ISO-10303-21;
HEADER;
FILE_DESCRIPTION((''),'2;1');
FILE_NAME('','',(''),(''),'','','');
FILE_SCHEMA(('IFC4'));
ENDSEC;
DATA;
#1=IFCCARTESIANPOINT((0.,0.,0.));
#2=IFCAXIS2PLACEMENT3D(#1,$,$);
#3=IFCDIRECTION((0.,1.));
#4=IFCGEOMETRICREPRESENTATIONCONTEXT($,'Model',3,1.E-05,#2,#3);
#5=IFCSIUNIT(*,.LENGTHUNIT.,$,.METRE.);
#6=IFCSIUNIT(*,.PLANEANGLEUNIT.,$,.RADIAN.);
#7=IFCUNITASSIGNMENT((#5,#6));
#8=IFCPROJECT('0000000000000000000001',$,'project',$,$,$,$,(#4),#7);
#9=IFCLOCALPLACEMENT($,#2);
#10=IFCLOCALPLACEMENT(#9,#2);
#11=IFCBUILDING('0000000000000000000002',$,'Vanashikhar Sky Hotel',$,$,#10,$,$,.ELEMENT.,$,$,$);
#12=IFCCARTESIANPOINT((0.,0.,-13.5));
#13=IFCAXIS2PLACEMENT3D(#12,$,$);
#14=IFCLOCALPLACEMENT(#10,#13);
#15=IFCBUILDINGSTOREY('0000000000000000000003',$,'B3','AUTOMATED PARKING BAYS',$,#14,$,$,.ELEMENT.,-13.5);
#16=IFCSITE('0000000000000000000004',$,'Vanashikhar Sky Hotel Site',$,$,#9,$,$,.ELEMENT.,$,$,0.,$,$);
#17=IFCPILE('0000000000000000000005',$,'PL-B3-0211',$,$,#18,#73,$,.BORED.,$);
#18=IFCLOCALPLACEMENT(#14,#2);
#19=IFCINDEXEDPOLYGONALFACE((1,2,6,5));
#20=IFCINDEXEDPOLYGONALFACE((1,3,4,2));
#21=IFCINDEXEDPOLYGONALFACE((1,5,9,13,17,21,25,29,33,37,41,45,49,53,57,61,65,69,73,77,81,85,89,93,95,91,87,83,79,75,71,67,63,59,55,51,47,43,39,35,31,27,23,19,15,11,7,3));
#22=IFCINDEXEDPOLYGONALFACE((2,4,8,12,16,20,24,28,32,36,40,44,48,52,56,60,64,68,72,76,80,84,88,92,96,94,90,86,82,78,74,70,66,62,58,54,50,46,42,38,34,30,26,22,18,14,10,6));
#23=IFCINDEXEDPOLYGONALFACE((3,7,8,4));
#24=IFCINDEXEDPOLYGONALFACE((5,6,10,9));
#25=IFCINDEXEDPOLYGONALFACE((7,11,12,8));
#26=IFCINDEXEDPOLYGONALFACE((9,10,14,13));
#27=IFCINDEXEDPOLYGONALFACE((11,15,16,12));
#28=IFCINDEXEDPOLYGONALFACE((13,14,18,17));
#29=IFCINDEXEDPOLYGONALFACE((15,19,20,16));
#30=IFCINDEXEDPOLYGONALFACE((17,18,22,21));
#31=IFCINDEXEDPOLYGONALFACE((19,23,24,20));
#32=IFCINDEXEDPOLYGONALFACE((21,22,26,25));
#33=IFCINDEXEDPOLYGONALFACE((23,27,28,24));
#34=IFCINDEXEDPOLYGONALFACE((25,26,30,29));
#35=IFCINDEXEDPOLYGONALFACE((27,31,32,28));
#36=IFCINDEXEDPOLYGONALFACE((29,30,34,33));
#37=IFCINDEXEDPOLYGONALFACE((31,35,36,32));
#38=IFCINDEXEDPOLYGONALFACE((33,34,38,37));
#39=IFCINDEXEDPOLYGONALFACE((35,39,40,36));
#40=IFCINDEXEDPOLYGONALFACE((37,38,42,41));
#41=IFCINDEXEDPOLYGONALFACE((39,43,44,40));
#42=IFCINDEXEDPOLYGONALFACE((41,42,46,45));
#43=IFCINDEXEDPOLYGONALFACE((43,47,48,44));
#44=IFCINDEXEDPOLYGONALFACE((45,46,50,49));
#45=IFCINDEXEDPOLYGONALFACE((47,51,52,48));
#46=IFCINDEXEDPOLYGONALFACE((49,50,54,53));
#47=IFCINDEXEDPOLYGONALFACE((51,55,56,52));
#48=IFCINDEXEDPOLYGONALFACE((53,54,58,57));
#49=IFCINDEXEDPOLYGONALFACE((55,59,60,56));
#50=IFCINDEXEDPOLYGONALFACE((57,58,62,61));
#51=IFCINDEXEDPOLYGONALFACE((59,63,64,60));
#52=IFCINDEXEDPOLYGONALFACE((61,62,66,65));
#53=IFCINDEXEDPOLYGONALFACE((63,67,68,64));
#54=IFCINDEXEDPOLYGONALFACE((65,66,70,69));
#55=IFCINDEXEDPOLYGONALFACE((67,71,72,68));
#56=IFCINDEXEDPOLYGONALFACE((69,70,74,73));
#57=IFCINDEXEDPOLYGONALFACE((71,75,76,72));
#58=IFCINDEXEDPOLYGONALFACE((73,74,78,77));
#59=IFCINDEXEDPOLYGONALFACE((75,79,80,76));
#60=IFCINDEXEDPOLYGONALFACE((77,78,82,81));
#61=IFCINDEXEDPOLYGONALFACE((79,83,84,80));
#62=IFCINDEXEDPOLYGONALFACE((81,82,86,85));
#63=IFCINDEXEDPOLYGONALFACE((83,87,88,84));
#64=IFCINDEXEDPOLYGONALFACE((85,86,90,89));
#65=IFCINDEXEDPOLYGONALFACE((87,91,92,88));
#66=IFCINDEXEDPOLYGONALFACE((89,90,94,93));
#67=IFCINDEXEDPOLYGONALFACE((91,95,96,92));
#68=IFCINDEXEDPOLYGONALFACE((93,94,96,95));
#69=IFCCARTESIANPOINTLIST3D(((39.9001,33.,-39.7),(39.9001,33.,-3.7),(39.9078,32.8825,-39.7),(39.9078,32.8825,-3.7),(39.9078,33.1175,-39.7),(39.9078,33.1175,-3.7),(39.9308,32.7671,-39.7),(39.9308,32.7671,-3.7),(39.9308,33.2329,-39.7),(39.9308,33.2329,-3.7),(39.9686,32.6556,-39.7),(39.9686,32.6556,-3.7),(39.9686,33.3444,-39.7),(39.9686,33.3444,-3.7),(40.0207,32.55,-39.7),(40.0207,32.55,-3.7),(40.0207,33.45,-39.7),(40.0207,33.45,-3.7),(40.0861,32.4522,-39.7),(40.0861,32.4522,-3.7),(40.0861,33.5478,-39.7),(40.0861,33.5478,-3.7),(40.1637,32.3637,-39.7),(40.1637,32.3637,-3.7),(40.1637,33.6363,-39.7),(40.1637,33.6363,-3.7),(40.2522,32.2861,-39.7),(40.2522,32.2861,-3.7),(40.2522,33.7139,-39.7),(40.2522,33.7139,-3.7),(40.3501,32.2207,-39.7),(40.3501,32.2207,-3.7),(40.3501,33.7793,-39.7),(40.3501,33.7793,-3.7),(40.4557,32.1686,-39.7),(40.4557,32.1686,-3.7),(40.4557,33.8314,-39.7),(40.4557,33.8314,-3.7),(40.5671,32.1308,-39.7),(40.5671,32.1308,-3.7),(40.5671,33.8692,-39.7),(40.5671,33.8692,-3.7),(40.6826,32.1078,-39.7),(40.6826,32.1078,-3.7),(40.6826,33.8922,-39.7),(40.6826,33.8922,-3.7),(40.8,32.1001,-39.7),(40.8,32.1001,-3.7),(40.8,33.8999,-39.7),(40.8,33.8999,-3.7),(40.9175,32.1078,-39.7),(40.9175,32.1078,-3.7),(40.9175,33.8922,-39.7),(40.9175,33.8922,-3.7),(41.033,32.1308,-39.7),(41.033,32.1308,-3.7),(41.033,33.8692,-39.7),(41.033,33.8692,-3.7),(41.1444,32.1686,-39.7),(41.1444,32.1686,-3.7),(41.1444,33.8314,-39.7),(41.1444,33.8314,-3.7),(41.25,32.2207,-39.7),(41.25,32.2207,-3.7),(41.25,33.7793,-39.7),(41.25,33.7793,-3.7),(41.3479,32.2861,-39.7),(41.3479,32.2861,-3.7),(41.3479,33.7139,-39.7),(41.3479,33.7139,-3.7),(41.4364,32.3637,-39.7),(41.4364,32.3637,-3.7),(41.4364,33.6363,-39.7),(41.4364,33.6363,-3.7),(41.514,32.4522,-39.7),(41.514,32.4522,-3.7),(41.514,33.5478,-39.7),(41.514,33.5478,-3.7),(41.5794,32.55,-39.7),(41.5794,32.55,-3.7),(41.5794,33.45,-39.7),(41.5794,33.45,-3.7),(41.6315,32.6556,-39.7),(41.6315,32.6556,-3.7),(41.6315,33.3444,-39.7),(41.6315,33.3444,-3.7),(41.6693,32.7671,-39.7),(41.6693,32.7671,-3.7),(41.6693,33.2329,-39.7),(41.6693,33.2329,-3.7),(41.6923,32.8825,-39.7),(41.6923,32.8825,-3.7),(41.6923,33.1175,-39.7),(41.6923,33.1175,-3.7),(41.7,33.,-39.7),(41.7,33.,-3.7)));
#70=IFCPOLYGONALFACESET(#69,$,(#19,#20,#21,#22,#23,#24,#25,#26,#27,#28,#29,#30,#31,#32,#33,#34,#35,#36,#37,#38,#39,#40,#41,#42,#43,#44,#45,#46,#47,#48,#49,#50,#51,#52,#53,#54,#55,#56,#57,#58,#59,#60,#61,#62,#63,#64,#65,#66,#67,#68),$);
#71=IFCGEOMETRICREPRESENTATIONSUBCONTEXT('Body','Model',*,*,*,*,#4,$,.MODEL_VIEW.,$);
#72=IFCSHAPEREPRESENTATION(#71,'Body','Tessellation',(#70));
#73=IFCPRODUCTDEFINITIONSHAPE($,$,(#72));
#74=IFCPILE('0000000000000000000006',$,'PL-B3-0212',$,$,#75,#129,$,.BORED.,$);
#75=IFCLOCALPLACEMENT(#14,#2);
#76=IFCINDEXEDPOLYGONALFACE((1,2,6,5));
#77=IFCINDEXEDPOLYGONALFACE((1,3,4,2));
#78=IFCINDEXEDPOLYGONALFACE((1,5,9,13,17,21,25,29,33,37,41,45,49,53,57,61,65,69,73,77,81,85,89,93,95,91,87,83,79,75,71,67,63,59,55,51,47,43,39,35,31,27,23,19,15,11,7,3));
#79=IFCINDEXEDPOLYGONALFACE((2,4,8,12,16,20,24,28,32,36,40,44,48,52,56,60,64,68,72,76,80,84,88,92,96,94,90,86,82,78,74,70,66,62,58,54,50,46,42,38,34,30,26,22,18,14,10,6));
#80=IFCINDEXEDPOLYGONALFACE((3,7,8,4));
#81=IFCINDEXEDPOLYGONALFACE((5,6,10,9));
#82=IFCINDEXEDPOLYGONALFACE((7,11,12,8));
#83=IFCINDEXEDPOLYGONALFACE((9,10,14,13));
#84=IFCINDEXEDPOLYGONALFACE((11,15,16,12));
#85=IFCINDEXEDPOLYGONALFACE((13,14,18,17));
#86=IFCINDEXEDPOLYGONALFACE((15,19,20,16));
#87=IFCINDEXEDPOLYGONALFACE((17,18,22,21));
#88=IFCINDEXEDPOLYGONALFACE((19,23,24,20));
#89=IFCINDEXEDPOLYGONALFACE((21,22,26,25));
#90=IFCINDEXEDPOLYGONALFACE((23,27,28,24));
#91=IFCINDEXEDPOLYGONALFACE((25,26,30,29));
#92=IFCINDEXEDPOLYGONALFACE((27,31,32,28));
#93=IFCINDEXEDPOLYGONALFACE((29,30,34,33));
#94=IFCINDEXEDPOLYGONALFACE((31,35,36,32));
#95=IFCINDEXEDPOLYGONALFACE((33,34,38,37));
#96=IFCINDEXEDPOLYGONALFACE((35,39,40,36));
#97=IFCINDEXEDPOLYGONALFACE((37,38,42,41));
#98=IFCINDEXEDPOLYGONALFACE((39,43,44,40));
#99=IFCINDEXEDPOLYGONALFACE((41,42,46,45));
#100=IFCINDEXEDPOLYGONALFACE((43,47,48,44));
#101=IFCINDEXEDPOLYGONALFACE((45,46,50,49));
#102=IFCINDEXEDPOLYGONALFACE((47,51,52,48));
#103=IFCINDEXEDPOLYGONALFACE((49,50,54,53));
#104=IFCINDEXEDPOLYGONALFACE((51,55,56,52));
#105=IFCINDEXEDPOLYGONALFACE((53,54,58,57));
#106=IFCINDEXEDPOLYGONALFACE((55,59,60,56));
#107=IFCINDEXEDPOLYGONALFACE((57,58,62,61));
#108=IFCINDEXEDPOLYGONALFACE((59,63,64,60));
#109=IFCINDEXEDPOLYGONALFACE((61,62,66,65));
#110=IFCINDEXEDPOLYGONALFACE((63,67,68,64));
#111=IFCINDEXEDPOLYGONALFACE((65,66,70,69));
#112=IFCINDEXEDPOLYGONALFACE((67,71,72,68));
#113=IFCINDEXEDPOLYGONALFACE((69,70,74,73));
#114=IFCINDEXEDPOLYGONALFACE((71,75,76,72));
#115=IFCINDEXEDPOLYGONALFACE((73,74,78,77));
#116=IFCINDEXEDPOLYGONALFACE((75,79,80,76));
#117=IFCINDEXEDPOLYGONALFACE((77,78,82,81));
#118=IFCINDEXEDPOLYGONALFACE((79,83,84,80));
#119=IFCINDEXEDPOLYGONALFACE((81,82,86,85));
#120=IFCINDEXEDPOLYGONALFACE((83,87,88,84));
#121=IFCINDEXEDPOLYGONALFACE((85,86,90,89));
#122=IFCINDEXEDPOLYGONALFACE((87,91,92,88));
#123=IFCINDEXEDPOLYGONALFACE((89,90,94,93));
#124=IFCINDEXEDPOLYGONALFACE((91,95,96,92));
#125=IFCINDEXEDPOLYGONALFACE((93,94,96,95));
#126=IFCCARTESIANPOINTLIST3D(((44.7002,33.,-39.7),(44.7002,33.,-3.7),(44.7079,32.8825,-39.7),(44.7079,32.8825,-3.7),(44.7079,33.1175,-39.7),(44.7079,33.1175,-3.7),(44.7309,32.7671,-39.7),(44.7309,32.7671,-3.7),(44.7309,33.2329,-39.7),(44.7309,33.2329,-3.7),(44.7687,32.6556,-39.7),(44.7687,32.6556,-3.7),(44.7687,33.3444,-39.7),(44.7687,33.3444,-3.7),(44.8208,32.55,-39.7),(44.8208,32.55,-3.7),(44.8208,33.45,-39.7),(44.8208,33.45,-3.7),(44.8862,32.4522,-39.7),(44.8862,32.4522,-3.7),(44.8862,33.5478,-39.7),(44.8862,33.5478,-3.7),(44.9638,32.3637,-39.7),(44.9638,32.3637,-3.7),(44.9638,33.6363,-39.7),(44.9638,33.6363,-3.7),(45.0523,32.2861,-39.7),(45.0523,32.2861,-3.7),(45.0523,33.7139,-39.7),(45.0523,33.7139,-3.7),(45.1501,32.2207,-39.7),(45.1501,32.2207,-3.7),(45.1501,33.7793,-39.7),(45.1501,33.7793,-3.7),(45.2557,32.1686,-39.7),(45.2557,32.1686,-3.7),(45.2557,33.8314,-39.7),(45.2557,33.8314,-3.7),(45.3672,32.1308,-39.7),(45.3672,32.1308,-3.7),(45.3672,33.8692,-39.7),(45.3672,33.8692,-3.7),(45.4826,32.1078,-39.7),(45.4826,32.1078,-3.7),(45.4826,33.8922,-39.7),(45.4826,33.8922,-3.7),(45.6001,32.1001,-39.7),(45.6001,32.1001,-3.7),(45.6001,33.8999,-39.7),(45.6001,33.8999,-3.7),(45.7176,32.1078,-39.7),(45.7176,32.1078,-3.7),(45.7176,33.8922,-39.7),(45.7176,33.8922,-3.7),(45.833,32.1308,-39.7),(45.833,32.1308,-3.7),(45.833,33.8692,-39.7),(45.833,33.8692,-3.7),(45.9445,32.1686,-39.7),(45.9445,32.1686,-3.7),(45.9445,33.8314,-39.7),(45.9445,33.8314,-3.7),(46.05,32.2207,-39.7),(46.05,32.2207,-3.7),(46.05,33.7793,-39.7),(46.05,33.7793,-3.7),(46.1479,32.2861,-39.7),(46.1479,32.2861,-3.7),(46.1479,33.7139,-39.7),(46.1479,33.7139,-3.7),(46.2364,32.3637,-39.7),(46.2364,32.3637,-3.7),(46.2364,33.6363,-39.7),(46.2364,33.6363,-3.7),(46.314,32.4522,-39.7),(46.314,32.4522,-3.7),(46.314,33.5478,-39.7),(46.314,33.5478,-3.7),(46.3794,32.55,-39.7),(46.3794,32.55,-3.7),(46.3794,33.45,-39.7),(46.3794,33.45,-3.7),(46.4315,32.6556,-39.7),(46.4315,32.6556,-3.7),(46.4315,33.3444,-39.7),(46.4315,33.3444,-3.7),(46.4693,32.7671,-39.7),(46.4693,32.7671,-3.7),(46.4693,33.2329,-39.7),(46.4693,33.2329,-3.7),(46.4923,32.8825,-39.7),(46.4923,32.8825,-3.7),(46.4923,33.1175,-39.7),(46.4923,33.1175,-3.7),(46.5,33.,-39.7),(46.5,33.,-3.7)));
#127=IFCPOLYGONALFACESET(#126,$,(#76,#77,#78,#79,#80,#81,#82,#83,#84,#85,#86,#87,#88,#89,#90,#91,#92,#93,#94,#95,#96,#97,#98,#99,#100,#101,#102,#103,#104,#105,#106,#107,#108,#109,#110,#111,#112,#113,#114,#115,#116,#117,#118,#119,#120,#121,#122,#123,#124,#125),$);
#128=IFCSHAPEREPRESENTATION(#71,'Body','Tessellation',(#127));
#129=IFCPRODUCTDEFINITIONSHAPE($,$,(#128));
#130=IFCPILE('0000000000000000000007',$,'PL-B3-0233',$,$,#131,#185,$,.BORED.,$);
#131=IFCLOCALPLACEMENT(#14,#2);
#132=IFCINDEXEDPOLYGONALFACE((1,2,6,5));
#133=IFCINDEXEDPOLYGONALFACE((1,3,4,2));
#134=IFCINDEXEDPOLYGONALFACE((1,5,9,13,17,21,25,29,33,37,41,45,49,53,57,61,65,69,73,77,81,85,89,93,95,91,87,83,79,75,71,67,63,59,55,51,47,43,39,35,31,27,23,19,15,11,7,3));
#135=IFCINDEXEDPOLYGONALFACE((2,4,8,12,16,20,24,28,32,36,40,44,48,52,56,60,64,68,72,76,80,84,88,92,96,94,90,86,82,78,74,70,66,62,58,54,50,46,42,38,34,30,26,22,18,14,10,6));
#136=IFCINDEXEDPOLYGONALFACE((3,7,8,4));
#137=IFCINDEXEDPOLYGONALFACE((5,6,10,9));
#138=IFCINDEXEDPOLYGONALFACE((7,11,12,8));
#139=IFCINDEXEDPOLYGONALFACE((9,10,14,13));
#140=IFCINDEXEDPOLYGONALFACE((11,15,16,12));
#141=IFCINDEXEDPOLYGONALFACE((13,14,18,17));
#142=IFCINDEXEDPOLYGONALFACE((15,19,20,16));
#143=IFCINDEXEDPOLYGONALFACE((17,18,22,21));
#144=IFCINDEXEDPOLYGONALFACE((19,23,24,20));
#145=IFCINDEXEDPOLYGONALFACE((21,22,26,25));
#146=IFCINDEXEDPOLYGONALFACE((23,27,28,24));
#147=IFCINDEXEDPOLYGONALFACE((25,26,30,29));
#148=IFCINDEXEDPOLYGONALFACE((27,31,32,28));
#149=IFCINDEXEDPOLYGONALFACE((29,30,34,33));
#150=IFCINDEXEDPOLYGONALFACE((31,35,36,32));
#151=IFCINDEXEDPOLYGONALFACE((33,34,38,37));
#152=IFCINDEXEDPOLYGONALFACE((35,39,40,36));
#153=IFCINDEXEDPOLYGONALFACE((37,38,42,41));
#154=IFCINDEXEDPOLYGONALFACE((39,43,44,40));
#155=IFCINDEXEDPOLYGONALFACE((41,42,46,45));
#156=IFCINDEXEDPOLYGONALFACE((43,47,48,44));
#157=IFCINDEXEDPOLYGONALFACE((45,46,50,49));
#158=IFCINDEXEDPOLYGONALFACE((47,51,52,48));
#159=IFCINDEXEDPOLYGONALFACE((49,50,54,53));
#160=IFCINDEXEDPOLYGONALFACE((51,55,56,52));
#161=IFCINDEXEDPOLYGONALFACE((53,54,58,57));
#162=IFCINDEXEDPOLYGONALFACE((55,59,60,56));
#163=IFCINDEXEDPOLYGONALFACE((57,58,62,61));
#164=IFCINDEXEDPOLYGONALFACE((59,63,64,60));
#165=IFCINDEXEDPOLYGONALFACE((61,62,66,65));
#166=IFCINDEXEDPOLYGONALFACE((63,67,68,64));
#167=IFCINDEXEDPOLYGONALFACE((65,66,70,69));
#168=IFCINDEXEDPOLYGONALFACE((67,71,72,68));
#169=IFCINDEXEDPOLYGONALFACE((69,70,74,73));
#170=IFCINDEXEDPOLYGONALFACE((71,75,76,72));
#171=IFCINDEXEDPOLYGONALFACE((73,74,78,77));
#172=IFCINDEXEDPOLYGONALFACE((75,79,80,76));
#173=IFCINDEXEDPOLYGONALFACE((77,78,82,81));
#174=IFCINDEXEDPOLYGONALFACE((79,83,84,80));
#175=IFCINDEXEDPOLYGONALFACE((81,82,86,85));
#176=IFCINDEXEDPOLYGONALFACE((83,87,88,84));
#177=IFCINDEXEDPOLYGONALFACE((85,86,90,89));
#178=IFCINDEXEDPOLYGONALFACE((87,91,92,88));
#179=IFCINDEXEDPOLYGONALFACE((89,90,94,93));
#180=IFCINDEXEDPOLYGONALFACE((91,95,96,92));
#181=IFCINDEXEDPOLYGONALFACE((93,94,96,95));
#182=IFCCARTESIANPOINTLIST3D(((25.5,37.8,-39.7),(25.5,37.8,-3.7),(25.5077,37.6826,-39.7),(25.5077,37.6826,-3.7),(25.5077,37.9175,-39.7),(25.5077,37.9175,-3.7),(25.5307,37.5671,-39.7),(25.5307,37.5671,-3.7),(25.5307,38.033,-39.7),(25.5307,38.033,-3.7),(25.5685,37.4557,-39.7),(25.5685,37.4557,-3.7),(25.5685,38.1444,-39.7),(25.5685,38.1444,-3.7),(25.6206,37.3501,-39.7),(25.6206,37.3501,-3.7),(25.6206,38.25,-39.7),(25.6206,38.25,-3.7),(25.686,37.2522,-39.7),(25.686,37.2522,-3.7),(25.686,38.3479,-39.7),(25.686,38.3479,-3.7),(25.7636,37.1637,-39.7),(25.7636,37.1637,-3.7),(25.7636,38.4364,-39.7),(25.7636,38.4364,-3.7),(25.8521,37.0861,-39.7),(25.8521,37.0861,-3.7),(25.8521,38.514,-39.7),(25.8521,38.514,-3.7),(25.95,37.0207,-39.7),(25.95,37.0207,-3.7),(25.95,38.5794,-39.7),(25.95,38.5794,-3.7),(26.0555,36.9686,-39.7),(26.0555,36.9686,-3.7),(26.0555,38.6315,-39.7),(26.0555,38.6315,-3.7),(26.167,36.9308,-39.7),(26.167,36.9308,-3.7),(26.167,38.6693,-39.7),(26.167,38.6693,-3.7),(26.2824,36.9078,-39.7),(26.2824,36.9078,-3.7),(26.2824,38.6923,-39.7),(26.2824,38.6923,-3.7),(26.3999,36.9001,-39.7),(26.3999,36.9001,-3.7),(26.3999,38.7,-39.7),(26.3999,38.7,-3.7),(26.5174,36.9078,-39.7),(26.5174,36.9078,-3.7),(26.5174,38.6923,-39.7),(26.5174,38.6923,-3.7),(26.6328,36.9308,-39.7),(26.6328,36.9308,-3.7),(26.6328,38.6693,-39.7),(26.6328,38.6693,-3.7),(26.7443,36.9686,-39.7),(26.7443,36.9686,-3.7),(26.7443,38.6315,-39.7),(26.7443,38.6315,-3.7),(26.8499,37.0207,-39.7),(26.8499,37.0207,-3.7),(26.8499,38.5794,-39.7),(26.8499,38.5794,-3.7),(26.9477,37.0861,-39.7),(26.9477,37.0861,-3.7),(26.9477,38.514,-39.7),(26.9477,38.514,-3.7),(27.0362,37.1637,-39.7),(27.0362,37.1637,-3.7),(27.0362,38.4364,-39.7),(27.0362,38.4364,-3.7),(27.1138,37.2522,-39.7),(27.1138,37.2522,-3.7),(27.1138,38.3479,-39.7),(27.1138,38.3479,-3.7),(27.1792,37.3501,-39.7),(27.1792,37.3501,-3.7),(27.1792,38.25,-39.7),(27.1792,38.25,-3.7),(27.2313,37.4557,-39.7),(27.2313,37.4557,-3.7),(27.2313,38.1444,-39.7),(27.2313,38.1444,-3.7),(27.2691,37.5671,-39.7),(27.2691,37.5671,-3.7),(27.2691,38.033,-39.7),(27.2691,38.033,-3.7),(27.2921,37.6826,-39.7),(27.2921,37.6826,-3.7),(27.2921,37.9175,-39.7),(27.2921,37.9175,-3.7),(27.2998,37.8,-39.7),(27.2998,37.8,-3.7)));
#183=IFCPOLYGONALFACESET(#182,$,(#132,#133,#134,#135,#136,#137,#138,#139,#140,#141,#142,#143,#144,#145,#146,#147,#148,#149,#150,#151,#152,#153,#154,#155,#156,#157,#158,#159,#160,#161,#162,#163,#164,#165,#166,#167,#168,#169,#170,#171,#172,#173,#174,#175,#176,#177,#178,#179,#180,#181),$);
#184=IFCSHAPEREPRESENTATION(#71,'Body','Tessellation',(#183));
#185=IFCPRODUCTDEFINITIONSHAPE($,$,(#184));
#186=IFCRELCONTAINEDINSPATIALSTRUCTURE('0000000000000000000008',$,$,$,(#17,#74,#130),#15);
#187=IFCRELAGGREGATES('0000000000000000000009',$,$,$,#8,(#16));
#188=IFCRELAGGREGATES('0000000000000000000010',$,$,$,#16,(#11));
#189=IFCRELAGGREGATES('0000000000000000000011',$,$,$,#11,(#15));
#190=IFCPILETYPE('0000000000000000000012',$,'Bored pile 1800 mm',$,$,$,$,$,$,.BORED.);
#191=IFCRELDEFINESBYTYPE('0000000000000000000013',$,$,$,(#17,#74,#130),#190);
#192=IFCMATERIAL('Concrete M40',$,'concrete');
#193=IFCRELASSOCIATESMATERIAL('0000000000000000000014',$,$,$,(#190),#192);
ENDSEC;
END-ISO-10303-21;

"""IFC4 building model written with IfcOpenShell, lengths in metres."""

from ifc_helpers import new_model, si_unit, direction, frame, origin, origin_2d, place, context, subcontext, project, spatial, circle, extrude, source, transform, mapped, material, type_object, element, save


model = new_model("IFC4")

# Units and contexts
model_context = context("Model", 3, precision=1e-05, world=origin(), true_north=direction((0.0, 1.0)))
body_context = subcontext(model_context, "Body", "Model", "MODEL_VIEW")
ifc_project = project(units=[si_unit("LENGTHUNIT", "METRE"), si_unit("PLANEANGLEUNIT", "RADIAN")], contexts=[model_context])

# Site, building, storey
site_placement = place(None, origin())
site = spatial("IfcSite", under=ifc_project, at=site_placement, Name="Vanashikhar Sky Hotel Site", CompositionType="ELEMENT", RefElevation=0.0)
building_placement = place(site_placement, origin())
building = spatial("IfcBuilding", under=site, at=building_placement, Name="Vanashikhar Sky Hotel", CompositionType="ELEMENT")
storey_placement = place(building_placement, frame((0.0, 0.0, -13.5)))
storey = spatial("IfcBuildingStorey", under=building, at=storey_placement, Name="B3", Description="AUTOMATED PARKING BAYS", CompositionType="ELEMENT", Elevation=-13.5)

# Piles
ifc_material_1 = material(Name="Concrete M40", Category="concrete")
pile_type_1 = type_object("IfcPileType", Name="Bored pile 1800 mm", PredefinedType="BORED", material=ifc_material_1)
shared_shape_1 = source(origin(), body_context, "Body", "SweptSolid", [
    extrude(circle(Radius=0.8999, at=origin_2d()), origin(), (0.0, 0.0, 1.0), 36.0),
])
for number, where, z_axis, x_axis, name in (
    (1, (40.8, 33.0, -3.7), (0.0, 0.0, -1.0), (1.0, 0.0, 0.0), "PL-B3-0211"),
    (2, (45.6001, 33.0, -3.7), (0.0, 0.0, -1.0), (1.0, 0.0, 0.0), "PL-B3-0212"),
    (3, (26.3999, 37.8, -3.7), (0.0, 0.0, -1.0), (1.0, 0.0, 0.0), "PL-B3-0233"),
):
    element("IfcPile", number, at=place(storey_placement, frame(where, z_axis=z_axis, x_axis=x_axis)), inside=storey, type_object=pile_type_1, Name=name, PredefinedType="BORED", context=body_context, shape_type="MappedRepresentation", body=[
        mapped(shared_shape_1, transform((0.0, 0.0, 0.0), scale=1.0)),
    ])

save(model, "model.ifc")
